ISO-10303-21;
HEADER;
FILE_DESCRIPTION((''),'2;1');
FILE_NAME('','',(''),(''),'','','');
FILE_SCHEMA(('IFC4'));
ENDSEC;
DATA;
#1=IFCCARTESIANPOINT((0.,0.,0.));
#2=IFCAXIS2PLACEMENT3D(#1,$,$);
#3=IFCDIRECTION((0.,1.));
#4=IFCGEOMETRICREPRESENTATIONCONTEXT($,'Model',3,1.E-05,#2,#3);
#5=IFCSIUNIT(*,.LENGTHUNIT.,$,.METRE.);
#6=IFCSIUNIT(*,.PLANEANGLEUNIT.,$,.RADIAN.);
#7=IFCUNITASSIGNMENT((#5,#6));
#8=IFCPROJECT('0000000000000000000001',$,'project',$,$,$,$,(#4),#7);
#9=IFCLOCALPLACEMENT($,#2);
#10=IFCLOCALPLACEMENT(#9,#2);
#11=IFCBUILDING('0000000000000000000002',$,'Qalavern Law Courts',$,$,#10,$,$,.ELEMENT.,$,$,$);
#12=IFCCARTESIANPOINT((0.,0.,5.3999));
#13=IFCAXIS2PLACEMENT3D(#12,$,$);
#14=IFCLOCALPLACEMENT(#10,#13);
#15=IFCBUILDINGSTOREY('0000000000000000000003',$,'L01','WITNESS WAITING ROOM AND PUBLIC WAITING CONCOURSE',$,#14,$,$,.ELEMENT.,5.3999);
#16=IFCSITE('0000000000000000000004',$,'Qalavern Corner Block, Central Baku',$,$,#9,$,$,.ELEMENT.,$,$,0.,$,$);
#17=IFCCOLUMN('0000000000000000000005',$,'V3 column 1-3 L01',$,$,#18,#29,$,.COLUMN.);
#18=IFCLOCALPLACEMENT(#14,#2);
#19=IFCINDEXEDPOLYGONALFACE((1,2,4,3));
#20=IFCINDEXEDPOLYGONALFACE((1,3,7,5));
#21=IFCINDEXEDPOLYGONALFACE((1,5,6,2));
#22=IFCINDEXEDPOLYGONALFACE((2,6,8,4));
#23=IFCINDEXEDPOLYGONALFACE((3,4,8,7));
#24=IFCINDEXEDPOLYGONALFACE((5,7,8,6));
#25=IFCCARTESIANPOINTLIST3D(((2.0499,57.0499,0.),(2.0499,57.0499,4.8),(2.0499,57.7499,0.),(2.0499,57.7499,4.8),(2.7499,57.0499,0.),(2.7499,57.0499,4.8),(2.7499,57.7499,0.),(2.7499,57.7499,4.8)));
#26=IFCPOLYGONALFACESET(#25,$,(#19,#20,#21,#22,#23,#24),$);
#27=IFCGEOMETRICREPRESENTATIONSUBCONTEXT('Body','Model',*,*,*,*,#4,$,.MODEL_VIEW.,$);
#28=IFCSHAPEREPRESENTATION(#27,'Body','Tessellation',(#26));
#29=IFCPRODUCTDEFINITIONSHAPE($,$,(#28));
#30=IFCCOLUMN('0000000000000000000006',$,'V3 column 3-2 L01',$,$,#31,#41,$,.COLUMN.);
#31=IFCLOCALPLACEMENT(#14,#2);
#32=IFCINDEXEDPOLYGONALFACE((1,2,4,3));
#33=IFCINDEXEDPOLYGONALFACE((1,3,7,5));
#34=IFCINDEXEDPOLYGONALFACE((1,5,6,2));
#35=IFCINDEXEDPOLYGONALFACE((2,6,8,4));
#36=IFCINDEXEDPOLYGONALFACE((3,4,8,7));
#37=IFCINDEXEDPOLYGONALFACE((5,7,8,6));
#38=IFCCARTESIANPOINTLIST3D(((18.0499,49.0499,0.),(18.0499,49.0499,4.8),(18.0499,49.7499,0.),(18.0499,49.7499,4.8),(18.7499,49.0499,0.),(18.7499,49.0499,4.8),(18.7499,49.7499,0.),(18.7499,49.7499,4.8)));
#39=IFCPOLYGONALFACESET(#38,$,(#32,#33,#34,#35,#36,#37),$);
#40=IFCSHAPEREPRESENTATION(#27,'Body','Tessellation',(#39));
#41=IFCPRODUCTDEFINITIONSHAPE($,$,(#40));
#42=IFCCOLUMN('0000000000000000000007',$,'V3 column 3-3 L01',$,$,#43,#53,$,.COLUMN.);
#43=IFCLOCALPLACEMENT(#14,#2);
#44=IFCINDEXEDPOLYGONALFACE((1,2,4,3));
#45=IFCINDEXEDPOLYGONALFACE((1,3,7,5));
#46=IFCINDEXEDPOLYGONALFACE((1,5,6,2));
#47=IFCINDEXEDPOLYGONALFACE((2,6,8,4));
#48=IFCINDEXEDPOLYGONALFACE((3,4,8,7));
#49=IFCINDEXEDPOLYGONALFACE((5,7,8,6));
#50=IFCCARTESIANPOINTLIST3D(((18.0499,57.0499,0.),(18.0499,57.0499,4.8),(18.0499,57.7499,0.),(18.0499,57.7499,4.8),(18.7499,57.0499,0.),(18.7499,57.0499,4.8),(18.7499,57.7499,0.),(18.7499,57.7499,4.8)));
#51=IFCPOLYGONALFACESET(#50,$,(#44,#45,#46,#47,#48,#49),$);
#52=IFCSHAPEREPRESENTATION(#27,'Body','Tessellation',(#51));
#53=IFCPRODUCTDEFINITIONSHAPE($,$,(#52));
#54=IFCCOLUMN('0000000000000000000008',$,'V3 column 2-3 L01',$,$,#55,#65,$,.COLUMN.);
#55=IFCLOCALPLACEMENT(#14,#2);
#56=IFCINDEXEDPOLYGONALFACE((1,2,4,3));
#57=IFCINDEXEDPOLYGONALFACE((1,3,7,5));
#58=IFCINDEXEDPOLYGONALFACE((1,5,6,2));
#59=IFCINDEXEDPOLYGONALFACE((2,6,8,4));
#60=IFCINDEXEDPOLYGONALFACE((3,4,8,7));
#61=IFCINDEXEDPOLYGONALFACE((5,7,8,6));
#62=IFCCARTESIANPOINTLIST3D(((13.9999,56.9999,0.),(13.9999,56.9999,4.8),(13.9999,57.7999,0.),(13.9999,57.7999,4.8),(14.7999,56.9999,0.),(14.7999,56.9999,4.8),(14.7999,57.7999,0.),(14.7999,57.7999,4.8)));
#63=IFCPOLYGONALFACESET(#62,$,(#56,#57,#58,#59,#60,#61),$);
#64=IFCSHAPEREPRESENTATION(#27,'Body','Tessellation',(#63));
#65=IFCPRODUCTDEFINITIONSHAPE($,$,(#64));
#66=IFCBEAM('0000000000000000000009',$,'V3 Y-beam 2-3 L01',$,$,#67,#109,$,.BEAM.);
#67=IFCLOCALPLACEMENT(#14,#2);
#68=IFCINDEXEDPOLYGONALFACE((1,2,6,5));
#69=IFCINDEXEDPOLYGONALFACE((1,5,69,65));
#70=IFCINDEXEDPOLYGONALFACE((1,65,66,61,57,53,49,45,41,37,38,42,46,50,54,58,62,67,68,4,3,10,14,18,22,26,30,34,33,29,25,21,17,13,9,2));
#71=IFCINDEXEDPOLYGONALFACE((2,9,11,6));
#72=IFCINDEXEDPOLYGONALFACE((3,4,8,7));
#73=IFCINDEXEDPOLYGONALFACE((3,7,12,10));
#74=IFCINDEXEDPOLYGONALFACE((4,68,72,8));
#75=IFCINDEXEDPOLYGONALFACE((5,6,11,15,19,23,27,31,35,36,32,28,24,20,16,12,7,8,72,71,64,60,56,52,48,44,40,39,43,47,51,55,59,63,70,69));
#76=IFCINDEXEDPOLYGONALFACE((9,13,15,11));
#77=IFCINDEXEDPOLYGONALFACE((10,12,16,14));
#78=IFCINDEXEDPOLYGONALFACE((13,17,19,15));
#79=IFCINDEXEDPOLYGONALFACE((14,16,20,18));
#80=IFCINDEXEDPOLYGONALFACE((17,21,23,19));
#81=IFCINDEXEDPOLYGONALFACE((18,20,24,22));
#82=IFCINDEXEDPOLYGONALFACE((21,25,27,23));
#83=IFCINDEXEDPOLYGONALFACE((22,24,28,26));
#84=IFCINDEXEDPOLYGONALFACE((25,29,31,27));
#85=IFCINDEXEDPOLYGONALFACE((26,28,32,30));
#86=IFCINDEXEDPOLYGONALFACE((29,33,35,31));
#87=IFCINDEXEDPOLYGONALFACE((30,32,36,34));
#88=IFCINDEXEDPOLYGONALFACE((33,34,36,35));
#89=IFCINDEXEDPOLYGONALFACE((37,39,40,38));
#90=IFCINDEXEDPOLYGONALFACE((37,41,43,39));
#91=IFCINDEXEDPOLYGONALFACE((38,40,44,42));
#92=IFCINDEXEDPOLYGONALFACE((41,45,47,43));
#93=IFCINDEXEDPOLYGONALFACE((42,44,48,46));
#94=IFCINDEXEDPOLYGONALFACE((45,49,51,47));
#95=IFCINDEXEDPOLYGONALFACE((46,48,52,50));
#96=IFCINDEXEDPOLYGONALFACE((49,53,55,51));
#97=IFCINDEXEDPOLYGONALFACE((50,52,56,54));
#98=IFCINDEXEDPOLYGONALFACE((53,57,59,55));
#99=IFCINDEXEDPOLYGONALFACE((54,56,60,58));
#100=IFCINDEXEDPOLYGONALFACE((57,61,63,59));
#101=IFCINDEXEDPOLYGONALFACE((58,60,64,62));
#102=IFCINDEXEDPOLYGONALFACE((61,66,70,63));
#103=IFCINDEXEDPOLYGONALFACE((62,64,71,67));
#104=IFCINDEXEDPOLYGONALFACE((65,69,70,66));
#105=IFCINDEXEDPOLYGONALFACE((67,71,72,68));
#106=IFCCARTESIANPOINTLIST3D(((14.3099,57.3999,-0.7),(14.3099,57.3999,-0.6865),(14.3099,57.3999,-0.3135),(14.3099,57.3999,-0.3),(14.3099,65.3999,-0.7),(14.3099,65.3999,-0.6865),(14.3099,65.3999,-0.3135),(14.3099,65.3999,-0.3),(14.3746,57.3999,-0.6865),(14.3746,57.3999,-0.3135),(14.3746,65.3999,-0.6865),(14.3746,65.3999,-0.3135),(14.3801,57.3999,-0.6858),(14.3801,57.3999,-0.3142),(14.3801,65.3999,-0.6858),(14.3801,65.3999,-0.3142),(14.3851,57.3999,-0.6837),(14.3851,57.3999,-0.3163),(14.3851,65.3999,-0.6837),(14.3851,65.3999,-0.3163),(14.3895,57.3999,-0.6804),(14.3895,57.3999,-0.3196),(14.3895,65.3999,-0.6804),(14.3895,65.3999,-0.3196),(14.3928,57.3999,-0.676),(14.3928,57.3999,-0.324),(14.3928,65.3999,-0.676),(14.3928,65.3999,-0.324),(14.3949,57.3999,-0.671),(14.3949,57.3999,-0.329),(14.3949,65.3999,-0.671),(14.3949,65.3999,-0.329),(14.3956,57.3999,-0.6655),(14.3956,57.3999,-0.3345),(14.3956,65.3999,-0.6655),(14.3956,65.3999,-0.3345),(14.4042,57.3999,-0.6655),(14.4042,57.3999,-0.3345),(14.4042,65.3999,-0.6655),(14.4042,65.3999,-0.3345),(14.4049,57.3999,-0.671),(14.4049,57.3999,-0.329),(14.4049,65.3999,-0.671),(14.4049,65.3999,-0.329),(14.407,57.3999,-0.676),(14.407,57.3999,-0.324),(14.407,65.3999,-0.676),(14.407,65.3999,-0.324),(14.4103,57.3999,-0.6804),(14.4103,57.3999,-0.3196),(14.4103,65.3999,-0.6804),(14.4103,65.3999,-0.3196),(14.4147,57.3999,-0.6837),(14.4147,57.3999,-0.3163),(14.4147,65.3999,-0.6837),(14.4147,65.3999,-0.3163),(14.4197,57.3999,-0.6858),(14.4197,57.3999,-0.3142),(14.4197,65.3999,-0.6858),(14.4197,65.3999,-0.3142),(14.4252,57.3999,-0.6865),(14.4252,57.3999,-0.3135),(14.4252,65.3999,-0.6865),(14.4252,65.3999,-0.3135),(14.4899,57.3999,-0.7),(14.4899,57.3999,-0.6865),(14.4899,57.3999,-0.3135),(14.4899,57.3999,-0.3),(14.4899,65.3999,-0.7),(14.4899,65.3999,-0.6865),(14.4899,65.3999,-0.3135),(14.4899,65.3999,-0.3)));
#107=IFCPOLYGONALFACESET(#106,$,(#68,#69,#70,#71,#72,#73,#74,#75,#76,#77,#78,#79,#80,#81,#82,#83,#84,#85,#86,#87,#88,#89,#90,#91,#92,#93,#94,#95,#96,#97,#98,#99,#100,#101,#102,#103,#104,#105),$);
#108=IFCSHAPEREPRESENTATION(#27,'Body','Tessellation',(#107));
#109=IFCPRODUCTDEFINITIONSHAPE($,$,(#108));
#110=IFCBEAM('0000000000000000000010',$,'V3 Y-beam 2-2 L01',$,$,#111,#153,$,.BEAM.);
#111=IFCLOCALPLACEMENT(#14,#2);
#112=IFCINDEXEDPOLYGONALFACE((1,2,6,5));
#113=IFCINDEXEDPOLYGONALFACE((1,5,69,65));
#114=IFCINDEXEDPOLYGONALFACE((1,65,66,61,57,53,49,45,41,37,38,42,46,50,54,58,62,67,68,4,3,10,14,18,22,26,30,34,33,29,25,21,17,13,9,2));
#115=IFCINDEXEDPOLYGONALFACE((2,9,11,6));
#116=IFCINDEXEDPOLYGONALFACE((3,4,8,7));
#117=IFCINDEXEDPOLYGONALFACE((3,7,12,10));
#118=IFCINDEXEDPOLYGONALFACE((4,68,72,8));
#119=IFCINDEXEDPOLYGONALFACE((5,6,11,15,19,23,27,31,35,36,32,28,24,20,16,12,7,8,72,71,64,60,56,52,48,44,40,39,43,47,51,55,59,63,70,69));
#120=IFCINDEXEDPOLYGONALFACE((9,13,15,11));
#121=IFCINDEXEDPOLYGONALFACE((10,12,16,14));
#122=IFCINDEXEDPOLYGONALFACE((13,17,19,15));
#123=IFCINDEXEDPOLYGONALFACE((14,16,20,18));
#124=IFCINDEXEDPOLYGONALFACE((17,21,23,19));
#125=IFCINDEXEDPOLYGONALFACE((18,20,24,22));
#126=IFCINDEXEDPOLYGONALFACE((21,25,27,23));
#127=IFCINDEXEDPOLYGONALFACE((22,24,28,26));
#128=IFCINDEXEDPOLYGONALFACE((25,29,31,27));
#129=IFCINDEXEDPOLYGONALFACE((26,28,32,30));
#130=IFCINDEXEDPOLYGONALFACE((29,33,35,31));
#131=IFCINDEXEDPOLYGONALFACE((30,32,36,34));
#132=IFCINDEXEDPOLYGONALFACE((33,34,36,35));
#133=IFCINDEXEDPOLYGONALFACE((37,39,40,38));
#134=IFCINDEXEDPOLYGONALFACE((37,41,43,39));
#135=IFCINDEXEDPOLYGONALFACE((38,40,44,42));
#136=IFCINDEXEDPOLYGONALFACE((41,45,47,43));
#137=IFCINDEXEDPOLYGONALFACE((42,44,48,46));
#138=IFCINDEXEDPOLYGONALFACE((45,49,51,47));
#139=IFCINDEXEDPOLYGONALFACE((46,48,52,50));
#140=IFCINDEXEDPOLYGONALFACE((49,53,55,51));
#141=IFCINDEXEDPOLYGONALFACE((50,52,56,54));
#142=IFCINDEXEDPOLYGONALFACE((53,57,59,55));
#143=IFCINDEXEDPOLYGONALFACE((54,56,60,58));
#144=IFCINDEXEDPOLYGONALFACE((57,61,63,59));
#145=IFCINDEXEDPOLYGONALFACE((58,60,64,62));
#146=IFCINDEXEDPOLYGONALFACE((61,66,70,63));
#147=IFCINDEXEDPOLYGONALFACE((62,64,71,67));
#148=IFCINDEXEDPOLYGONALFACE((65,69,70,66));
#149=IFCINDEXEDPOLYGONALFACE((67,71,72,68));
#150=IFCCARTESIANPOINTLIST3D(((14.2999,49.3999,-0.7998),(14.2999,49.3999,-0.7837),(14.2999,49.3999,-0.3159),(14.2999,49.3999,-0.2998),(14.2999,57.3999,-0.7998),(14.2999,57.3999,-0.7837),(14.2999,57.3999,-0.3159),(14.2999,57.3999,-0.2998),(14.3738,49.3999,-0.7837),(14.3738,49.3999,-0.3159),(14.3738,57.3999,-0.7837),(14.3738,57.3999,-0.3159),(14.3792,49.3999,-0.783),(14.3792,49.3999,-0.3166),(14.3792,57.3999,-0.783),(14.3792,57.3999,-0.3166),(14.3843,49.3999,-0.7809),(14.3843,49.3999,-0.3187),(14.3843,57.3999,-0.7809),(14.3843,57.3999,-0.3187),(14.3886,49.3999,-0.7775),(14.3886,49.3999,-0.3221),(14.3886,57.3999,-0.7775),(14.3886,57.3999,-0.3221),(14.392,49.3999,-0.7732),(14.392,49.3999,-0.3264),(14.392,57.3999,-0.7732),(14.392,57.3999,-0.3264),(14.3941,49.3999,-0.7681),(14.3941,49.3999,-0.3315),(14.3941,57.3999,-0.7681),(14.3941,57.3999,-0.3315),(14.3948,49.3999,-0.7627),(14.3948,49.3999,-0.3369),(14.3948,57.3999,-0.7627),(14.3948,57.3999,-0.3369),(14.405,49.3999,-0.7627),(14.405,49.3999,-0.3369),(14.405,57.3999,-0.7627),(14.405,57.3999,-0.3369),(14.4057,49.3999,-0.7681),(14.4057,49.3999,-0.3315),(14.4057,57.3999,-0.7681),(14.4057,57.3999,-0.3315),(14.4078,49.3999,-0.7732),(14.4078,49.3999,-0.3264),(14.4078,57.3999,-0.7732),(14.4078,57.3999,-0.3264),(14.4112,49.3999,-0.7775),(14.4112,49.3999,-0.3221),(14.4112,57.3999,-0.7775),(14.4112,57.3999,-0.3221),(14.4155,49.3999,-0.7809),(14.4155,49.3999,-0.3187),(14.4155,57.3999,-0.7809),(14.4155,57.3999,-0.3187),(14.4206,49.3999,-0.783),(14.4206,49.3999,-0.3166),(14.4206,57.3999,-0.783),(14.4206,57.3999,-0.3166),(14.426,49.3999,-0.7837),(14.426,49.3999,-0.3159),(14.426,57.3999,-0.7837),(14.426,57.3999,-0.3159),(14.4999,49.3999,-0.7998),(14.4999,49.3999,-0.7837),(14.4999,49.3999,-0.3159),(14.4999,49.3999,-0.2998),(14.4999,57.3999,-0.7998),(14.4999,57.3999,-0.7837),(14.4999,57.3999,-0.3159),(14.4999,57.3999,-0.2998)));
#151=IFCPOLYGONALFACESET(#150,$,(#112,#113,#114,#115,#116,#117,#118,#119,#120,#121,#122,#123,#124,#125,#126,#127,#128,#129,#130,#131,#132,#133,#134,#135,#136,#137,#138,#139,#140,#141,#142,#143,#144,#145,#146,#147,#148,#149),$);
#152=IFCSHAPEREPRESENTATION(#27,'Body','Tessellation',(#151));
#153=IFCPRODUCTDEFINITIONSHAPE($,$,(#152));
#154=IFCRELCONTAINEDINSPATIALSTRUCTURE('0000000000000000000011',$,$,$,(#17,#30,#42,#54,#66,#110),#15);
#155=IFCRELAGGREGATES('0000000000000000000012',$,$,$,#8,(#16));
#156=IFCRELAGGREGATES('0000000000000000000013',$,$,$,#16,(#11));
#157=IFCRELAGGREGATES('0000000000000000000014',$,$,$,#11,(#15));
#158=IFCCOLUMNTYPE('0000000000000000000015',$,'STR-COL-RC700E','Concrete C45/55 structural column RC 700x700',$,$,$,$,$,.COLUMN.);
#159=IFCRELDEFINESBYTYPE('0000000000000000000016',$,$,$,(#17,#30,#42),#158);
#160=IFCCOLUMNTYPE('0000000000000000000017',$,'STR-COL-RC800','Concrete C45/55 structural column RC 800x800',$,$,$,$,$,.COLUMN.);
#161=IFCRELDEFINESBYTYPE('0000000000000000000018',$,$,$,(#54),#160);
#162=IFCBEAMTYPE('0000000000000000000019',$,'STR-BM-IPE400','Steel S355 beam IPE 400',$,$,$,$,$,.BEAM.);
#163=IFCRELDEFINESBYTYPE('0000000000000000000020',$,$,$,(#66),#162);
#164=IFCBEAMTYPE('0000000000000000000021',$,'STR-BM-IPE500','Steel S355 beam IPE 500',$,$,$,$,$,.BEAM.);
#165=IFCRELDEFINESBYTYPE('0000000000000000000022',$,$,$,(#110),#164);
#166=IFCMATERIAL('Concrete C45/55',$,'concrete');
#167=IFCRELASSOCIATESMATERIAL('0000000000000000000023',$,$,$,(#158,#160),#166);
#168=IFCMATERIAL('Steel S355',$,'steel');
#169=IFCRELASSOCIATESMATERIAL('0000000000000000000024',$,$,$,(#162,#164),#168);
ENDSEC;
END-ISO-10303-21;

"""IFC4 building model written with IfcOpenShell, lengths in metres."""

from ifc_helpers import new_model, si_unit, direction, frame, origin, origin_2d, place, context, subcontext, project, spatial, rectangle, i_section, extrude, material, material_profile, profile_set, type_object, element, save


model = new_model("IFC4")

# Units and contexts
model_context = context("Model", 3, precision=1e-05, world=origin(), true_north=direction((0.0, 1.0)))
body_context = subcontext(model_context, "Body", "Model", "MODEL_VIEW")
ifc_project = project(units=[si_unit("LENGTHUNIT", "METRE"), si_unit("PLANEANGLEUNIT", "RADIAN")], contexts=[model_context])

# Site, building, storey
site_placement = place(None, origin())
site = spatial("IfcSite", under=ifc_project, at=site_placement, Name="Qalavern Corner Block, Central Baku", CompositionType="ELEMENT", RefElevation=0.0)
building_placement = place(site_placement, origin())
building = spatial("IfcBuilding", under=site, at=building_placement, Name="Qalavern Law Courts", CompositionType="ELEMENT")
storey_placement = place(building_placement, frame((0.0, 0.0, 5.3999)))
storey = spatial("IfcBuildingStorey", under=building, at=storey_placement, Name="L01", Description="WITNESS WAITING ROOM AND PUBLIC WAITING CONCOURSE", CompositionType="ELEMENT", Elevation=5.3999)

# Columns
ifc_material_1 = material(Name="Concrete C45/55", Category="concrete")
ifc_material_profile_1 = material_profile(ifc_material_1, rectangle(XDim=0.7, YDim=0.7, at=origin_2d()), Name="RC 700x700")
ifc_profile_set_1 = profile_set([ifc_material_profile_1], Name="Concrete C45/55")
column_type_1 = type_object("IfcColumnType", Name="STR-COL-RC700E", Description="Concrete C45/55 structural column RC 700x700", PredefinedType="COLUMN", material=ifc_profile_set_1)
for number, where, z_axis, x_axis, name in (
    (1, (2.3999, 57.3999, 0.0), (0.0, 0.0, 1.0), (1.0, 0.0, 0.0), "V3 column 1-3 L01"),
    (2, (18.3999, 49.3999, 0.0), (0.0, 0.0, 1.0), (1.0, 0.0, 0.0), "V3 column 3-2 L01"),
    (3, (18.3999, 57.3999, 0.0), (0.0, 0.0, 1.0), (1.0, 0.0, 0.0), "V3 column 3-3 L01"),
):
    element("IfcColumn", number, at=place(storey_placement, frame(where, z_axis=z_axis, x_axis=x_axis)), inside=storey, type_object=column_type_1, Name=name, PredefinedType="COLUMN", context=body_context, shape_type="SweptSolid", body=[
        extrude(rectangle(XDim=0.7, YDim=0.7, at=origin_2d()), origin(), (0.0, 0.0, 1.0), 4.8),
    ])
ifc_material_profile_2 = material_profile(ifc_material_1, rectangle(XDim=0.8, YDim=0.8, at=origin_2d()), Name="RC 800x800")
ifc_profile_set_2 = profile_set([ifc_material_profile_2], Name="Concrete C45/55")
column_type_2 = type_object("IfcColumnType", Name="STR-COL-RC800", Description="Concrete C45/55 structural column RC 800x800", PredefinedType="COLUMN", material=ifc_profile_set_2)
column_placement = place(storey_placement, frame((14.3999, 57.3999, 0.0), z_axis=(0.0, 0.0, 1.0), x_axis=(1.0, 0.0, 0.0)))
element("IfcColumn", 4, at=column_placement, inside=storey, type_object=column_type_2, Name="V3 column 2-3 L01", PredefinedType="COLUMN", context=body_context, shape_type="SweptSolid", body=[
    extrude(rectangle(XDim=0.8, YDim=0.8, at=origin_2d()), origin(), (0.0, 0.0, 1.0), 4.8),
])

# Beams
ifc_material_2 = material(Name="Steel S355", Category="steel")
ifc_material_profile_3 = material_profile(ifc_material_2, i_section(OverallWidth=0.1799, OverallDepth=0.3999, WebThickness=0.0085, FlangeThickness=0.0134, FilletRadius=0.021, at=origin_2d()), Name="IPE 400")
ifc_profile_set_3 = profile_set([ifc_material_profile_3], Name="Steel S355")
beam_type_1 = type_object("IfcBeamType", Name="STR-BM-IPE400", Description="Steel S355 beam IPE 400", PredefinedType="BEAM", material=ifc_profile_set_3)
beam_1_placement = place(storey_placement, frame((14.3999, 57.3999, -0.5), z_axis=(0.0, 1.0, 0.0), x_axis=(-1.0, 0.0, 0.0)))
element("IfcBeam", 5, at=beam_1_placement, inside=storey, type_object=beam_type_1, Name="V3 Y-beam 2-3 L01", PredefinedType="BEAM", context=body_context, shape_type="SweptSolid", body=[
    extrude(i_section(OverallWidth=0.1799, OverallDepth=0.3999, WebThickness=0.0085, FlangeThickness=0.0134, FilletRadius=0.021, at=origin_2d()), origin(), (0.0, 0.0, 1.0), 8.0),
])
ifc_material_profile_4 = material_profile(ifc_material_2, i_section(OverallWidth=0.2, OverallDepth=0.5, WebThickness=0.0103, FlangeThickness=0.0161, FilletRadius=0.021, at=origin_2d()), Name="IPE 500")
ifc_profile_set_4 = profile_set([ifc_material_profile_4], Name="Steel S355")
beam_type_2 = type_object("IfcBeamType", Name="STR-BM-IPE500", Description="Steel S355 beam IPE 500", PredefinedType="BEAM", material=ifc_profile_set_4)
beam_2_placement = place(storey_placement, frame((14.3999, 49.3999, -0.5498), z_axis=(0.0, 1.0, 0.0), x_axis=(-1.0, 0.0, 0.0)))
element("IfcBeam", 6, at=beam_2_placement, inside=storey, type_object=beam_type_2, Name="V3 Y-beam 2-2 L01", PredefinedType="BEAM", context=body_context, shape_type="SweptSolid", body=[
    extrude(i_section(OverallWidth=0.2, OverallDepth=0.5, WebThickness=0.0103, FlangeThickness=0.0161, FilletRadius=0.021, at=origin_2d()), origin(), (0.0, 0.0, 1.0), 8.0),
])

save(model, "model.ifc")
